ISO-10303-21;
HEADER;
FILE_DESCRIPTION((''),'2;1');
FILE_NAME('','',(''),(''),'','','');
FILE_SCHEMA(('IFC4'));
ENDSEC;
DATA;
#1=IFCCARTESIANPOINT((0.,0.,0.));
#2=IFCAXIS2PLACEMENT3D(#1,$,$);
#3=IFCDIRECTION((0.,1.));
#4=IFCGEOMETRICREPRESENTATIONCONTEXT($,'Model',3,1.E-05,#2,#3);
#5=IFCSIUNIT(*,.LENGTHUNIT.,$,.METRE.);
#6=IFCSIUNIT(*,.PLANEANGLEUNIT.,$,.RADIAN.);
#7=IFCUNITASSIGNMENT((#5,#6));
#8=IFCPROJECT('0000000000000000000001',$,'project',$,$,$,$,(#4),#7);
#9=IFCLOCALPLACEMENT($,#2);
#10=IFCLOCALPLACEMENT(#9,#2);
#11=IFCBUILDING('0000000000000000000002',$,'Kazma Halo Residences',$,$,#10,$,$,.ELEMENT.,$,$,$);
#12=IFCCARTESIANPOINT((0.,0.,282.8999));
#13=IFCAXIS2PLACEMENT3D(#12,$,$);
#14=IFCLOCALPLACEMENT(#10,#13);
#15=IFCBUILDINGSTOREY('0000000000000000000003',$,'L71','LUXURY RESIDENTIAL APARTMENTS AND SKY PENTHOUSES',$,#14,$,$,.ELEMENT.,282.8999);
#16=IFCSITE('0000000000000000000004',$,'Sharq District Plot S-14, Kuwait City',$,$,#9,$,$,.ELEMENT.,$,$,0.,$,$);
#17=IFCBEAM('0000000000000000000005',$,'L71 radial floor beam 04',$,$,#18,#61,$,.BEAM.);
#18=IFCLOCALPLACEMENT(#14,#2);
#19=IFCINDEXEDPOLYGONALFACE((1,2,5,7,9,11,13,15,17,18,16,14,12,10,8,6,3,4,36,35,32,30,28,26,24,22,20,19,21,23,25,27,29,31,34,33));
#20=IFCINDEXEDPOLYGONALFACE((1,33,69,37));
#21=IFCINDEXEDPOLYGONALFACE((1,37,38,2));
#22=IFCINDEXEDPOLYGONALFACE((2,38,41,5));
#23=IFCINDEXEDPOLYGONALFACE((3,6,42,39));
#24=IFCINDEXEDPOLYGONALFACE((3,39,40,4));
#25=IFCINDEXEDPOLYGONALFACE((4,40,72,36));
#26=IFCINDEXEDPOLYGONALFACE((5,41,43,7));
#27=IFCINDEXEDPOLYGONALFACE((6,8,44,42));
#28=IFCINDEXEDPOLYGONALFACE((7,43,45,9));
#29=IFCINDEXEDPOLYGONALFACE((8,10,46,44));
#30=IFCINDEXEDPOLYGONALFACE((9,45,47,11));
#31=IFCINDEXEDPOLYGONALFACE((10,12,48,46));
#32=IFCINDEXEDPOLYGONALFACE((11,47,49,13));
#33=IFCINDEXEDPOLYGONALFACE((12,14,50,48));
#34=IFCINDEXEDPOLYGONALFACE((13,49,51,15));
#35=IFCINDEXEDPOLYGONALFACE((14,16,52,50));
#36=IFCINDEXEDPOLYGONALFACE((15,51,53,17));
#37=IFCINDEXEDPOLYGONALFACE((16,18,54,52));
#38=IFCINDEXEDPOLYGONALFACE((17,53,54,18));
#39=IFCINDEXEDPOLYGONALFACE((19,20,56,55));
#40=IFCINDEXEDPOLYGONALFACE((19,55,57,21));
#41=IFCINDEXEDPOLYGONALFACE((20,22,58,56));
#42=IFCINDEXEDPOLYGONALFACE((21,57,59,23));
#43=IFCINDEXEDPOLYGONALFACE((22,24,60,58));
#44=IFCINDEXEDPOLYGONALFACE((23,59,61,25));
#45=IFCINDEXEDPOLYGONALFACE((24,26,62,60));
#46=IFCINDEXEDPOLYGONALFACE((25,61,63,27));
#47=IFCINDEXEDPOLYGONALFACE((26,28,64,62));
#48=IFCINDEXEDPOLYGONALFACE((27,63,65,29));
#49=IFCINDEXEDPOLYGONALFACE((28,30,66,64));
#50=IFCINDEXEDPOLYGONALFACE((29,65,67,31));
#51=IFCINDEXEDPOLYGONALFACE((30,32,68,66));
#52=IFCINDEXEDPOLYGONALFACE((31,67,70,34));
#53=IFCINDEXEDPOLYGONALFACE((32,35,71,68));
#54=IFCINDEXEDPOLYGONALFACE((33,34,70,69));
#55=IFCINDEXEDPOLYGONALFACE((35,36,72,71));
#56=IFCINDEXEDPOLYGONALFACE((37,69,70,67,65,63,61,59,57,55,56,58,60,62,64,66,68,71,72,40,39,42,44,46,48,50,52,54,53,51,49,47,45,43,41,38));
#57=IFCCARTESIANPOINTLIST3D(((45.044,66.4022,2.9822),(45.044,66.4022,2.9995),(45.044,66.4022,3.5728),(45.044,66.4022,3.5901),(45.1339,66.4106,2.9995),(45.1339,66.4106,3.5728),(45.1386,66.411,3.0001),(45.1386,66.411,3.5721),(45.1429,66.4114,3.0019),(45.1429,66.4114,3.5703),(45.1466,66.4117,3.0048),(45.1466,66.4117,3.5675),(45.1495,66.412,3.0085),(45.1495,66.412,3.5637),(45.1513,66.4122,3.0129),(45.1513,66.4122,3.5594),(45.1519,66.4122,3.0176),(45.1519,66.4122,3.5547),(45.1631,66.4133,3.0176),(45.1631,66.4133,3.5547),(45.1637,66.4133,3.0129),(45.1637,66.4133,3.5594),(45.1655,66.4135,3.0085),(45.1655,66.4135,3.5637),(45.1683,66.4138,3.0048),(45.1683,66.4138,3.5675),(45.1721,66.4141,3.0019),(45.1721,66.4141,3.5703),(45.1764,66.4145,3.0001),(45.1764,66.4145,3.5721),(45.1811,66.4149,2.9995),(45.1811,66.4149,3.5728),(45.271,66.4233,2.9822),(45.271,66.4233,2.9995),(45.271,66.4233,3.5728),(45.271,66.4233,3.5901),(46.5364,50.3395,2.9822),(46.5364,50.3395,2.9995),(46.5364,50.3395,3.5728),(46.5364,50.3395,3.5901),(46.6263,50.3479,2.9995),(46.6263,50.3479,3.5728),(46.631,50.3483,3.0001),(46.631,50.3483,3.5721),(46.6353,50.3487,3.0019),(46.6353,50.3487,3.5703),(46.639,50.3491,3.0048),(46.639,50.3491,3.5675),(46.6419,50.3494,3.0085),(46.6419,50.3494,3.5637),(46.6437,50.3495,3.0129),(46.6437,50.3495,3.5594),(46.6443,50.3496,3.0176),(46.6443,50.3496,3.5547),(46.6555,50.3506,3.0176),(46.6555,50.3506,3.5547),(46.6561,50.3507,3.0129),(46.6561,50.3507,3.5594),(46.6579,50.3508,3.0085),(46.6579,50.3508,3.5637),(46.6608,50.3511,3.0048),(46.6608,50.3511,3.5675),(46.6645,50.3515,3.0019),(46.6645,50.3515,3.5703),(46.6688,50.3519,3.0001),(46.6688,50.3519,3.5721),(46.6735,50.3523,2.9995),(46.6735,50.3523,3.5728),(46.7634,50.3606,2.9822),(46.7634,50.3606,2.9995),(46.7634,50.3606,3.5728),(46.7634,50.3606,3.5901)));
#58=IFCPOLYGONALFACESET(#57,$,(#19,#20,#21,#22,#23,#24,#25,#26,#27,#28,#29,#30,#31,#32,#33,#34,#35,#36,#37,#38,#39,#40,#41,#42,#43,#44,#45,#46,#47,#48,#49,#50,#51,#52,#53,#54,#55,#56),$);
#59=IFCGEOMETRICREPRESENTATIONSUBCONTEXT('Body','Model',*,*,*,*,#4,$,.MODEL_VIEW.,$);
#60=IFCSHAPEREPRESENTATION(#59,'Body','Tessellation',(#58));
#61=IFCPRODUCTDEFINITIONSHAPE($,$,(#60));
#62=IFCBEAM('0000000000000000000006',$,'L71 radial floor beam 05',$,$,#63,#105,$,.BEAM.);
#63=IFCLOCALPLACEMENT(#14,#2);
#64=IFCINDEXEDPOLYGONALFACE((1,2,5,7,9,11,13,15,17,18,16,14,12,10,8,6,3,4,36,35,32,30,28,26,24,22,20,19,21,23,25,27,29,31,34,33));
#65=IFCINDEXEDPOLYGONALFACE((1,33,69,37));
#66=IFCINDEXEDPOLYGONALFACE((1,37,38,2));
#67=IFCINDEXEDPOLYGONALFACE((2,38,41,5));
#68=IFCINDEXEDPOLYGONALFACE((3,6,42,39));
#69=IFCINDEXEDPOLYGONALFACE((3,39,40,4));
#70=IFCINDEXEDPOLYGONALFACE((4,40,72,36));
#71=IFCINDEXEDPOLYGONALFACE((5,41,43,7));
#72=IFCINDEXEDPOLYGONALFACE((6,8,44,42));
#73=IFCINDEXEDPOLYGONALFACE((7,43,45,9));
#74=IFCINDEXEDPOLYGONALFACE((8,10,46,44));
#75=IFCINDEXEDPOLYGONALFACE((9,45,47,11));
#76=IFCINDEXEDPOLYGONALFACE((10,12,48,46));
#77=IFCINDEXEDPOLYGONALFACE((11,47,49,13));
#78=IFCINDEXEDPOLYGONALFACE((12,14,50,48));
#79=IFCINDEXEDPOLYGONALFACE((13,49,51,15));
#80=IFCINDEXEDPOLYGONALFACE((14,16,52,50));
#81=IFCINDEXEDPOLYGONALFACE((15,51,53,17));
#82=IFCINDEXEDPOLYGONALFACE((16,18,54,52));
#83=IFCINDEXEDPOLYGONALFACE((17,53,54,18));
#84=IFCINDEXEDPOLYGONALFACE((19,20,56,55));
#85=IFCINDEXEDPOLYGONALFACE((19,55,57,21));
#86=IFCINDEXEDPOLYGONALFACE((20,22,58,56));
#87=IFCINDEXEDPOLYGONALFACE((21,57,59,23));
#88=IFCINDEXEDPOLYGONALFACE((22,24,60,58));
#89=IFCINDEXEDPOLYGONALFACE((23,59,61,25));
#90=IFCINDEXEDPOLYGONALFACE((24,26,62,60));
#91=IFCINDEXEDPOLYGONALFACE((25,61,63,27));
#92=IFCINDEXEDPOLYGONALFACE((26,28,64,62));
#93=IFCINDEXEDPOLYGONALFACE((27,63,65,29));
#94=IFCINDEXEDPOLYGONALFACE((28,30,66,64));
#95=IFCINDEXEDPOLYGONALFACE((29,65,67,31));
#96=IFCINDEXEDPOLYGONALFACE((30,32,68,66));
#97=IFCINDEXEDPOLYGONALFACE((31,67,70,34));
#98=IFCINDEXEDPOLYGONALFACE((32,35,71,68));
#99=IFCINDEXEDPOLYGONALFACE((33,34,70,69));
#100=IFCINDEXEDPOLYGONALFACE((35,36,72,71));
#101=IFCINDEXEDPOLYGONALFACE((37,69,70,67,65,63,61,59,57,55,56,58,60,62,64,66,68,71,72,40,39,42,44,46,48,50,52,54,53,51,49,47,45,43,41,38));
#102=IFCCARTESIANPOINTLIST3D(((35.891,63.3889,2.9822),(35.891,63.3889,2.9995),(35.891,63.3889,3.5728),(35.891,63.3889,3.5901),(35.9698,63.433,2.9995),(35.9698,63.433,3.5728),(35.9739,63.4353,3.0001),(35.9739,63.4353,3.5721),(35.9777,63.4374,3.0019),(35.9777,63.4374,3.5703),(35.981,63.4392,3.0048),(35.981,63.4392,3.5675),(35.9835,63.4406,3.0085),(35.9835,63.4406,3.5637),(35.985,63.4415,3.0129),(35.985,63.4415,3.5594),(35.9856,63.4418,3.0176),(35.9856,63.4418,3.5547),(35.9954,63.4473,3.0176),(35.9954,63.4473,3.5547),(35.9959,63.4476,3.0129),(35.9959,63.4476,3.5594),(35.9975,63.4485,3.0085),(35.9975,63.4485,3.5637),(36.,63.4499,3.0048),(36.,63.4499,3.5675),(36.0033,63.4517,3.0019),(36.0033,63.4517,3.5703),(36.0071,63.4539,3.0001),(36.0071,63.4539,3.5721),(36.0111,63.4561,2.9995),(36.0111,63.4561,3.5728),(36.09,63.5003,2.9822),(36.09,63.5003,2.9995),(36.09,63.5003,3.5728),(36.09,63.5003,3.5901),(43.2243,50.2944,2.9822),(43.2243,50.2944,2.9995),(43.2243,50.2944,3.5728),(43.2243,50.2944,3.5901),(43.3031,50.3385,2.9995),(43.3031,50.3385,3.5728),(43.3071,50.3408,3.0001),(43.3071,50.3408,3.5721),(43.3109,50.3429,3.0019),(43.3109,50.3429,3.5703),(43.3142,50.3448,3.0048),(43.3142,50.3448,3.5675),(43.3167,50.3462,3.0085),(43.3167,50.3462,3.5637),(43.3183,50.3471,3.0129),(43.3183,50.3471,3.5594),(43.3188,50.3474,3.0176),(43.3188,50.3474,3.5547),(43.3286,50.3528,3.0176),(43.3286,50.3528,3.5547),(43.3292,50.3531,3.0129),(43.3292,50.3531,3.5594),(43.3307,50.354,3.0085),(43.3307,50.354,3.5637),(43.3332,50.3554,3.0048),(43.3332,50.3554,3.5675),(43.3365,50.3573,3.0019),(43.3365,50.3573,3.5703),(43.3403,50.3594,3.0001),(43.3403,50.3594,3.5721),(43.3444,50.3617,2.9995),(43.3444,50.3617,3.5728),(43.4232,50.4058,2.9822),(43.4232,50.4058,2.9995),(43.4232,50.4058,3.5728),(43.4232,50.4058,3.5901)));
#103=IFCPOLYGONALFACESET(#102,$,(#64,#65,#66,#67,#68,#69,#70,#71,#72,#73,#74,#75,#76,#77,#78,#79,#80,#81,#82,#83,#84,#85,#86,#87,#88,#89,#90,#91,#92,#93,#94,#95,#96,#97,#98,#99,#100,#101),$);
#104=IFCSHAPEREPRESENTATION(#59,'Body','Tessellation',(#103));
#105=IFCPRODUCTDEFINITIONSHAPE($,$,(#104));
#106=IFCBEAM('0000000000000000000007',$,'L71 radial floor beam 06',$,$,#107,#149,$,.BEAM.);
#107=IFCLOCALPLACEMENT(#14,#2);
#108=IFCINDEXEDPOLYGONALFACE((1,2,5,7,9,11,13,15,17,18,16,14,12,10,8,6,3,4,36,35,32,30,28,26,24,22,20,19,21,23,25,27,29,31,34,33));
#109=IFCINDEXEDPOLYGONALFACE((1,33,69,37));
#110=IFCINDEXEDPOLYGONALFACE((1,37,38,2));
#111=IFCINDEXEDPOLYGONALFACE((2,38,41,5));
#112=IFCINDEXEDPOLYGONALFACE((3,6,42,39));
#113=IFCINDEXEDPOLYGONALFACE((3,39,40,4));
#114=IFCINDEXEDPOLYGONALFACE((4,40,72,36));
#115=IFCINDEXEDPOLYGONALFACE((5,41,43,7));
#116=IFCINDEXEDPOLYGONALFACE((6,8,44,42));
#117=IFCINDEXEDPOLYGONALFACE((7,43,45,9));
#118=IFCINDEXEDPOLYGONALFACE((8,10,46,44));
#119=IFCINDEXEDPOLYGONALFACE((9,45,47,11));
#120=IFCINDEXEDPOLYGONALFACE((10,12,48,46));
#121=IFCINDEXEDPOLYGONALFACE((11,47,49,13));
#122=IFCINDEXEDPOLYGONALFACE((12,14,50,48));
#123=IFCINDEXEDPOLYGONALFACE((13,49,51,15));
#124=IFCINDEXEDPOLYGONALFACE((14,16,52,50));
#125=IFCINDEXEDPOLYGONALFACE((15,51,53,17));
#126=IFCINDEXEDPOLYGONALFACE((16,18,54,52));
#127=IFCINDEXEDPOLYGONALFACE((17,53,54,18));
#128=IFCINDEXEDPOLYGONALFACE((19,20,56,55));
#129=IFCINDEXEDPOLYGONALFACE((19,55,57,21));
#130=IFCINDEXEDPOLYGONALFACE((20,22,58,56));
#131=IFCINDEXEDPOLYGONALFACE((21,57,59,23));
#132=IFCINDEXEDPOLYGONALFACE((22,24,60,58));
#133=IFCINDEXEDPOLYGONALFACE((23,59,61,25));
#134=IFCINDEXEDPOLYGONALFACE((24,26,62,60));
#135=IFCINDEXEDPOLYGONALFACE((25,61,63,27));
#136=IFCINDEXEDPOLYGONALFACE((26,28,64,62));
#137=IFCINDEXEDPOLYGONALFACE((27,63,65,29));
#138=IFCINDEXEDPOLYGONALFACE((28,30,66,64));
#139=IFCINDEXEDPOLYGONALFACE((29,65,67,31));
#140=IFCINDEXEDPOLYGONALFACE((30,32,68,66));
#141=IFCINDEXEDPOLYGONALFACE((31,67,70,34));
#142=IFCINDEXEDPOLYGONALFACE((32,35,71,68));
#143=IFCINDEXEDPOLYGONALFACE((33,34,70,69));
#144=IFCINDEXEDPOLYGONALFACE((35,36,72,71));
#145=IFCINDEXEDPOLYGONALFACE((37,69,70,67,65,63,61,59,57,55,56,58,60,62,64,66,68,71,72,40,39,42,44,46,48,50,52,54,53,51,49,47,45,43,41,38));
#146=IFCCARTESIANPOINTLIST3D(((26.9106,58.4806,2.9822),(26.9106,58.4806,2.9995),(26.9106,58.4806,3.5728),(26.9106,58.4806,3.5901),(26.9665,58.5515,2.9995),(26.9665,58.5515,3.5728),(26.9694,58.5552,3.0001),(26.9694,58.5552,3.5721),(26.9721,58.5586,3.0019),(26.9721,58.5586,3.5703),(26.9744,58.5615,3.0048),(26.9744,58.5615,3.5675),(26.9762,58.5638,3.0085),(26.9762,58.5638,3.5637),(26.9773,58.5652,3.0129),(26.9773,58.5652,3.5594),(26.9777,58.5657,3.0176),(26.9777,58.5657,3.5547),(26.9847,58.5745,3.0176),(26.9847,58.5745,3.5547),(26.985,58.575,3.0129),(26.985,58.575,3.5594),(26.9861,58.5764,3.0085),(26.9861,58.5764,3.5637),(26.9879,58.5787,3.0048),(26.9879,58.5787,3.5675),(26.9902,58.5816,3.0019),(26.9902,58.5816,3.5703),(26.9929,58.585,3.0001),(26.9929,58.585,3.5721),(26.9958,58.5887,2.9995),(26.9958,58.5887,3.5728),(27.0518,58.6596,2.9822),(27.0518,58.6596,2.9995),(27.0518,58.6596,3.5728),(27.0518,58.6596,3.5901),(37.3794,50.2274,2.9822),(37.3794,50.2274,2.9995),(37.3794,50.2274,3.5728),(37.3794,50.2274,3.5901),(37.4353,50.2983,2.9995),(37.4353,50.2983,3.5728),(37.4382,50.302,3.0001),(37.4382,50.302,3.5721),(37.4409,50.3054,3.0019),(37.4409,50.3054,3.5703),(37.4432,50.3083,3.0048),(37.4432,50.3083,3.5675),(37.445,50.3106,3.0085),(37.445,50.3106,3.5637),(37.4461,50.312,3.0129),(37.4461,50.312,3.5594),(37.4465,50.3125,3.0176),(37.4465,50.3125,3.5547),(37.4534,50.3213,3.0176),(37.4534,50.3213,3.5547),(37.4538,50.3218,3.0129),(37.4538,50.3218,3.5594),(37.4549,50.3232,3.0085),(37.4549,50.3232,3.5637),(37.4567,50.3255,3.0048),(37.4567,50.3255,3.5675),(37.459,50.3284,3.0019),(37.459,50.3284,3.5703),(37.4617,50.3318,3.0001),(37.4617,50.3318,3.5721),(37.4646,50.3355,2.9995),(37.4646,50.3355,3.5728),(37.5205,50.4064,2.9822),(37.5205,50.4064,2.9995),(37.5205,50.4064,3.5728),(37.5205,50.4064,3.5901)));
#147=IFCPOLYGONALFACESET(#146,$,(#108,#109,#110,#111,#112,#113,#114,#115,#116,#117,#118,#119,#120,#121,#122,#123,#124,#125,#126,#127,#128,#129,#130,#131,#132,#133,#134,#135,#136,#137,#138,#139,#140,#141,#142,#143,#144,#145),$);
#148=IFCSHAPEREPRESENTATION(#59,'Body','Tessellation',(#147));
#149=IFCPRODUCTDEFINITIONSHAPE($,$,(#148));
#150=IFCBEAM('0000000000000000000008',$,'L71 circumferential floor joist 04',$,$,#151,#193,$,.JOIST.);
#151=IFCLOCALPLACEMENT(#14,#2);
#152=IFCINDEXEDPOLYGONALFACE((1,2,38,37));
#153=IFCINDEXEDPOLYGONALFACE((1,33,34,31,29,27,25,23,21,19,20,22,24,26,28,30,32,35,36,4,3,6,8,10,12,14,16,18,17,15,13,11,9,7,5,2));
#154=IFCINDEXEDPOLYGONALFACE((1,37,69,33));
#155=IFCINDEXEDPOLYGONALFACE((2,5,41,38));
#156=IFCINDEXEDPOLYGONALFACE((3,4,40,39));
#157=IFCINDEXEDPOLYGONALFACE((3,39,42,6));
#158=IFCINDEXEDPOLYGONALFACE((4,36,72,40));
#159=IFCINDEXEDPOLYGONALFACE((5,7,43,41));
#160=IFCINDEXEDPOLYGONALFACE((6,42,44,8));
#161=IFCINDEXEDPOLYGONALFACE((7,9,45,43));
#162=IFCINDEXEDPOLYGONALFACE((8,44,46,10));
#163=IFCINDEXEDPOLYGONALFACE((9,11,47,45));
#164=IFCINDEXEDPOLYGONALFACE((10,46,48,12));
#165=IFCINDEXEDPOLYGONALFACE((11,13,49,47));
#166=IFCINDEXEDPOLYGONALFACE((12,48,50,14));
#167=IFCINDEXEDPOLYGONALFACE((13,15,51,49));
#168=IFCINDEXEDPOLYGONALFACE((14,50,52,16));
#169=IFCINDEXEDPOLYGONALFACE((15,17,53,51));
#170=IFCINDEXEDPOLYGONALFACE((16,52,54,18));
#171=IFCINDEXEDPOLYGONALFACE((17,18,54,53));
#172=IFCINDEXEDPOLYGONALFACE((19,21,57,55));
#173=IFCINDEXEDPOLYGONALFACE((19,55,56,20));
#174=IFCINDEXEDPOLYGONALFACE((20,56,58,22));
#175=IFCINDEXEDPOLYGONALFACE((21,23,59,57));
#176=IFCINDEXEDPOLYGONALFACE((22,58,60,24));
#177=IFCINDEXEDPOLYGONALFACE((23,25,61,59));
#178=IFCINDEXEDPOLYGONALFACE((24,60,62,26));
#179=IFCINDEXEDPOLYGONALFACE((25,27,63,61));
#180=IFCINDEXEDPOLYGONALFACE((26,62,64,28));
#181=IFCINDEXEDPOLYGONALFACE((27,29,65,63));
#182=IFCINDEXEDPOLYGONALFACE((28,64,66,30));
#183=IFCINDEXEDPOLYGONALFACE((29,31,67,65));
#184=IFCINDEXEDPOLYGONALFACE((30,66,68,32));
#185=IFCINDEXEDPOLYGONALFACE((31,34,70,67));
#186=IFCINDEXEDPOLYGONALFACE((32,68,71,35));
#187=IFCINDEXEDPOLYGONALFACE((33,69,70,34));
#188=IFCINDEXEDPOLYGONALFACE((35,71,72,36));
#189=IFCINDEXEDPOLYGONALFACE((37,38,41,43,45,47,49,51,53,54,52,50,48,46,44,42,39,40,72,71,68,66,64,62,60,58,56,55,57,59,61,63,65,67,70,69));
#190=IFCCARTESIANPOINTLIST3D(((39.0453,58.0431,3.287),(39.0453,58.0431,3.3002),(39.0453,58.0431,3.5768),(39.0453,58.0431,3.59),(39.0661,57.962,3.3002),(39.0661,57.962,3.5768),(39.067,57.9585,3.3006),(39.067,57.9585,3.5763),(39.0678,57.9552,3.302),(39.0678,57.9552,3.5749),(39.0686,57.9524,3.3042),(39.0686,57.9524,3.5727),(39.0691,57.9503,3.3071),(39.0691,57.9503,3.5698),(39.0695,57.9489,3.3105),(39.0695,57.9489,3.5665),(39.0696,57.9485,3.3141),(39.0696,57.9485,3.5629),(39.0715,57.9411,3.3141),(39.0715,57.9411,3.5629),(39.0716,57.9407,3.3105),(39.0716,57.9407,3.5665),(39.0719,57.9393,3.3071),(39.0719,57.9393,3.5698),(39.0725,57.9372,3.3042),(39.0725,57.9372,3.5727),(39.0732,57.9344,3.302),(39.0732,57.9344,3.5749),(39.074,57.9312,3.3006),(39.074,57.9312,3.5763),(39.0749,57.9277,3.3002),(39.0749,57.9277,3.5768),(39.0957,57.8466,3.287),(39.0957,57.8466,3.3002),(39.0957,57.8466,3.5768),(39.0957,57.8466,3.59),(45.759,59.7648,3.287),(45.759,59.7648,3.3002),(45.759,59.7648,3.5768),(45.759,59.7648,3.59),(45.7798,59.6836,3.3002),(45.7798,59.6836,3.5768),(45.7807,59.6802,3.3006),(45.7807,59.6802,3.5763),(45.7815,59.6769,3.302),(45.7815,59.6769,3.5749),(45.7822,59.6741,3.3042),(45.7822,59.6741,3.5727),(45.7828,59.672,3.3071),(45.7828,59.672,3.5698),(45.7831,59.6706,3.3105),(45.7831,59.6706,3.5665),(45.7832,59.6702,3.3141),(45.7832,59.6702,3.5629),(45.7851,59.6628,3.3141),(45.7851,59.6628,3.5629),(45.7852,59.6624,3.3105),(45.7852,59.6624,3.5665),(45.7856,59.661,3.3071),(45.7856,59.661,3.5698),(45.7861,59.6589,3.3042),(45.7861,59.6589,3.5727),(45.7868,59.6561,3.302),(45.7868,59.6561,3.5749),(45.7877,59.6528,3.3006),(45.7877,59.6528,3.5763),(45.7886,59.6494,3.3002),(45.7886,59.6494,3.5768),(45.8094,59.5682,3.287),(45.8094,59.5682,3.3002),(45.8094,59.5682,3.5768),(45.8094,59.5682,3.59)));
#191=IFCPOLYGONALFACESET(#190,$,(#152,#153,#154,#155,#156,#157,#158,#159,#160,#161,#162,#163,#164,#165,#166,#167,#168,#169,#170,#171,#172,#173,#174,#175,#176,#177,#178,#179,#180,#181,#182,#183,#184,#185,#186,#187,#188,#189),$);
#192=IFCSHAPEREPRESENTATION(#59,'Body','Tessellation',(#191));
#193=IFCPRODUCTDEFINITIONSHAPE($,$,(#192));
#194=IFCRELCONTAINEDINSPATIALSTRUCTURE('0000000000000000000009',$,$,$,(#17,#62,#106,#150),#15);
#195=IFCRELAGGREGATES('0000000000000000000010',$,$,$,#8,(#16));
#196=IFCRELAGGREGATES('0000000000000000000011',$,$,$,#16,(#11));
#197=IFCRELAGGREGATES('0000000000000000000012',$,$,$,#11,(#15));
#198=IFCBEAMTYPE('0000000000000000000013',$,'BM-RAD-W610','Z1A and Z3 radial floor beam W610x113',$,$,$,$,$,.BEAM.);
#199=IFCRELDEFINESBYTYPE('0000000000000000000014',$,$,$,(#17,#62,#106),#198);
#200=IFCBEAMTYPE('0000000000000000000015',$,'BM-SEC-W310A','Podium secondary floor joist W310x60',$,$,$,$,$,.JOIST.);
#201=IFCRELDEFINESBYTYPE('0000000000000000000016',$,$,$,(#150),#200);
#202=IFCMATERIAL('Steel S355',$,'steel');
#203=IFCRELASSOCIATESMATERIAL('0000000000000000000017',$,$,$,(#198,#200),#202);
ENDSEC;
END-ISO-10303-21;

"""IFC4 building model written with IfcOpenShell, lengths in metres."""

from ifc_helpers import new_model, si_unit, direction, frame, origin, origin_2d, place, context, subcontext, project, spatial, i_section, extrude, material, material_profile, profile_set, type_object, element, save


model = new_model("IFC4")

# Units and contexts
model_context = context("Model", 3, precision=1e-05, world=origin(), true_north=direction((0.0, 1.0)))
body_context = subcontext(model_context, "Body", "Model", "MODEL_VIEW")
ifc_project = project(units=[si_unit("LENGTHUNIT", "METRE"), si_unit("PLANEANGLEUNIT", "RADIAN")], contexts=[model_context])

# Site, building, storey
site_placement = place(None, origin())
site = spatial("IfcSite", under=ifc_project, at=site_placement, Name="Sharq District Plot S-14, Kuwait City", CompositionType="ELEMENT", RefElevation=0.0)
building_placement = place(site_placement, origin())
building = spatial("IfcBuilding", under=site, at=building_placement, Name="Kazma Halo Residences", CompositionType="ELEMENT")
storey_placement = place(building_placement, frame((0.0, 0.0, 282.8999)))
storey = spatial("IfcBuildingStorey", under=building, at=storey_placement, Name="L71", Description="LUXURY RESIDENTIAL APARTMENTS AND SKY PENTHOUSES", CompositionType="ELEMENT", Elevation=282.8999)

# Beams
ifc_material_1 = material(Name="Steel S355", Category="steel")
ifc_material_profile_1 = material_profile(ifc_material_1, i_section(OverallWidth=0.228, OverallDepth=0.6079, WebThickness=0.0112, FlangeThickness=0.0173, FilletRadius=0.0181, at=origin_2d()), Name="W610x113")
ifc_profile_set_1 = profile_set([ifc_material_profile_1], Name="Steel S355")
beam_type_1 = type_object("IfcBeamType", Name="BM-RAD-W610", Description="Z1A and Z3 radial floor beam W610x113", PredefinedType="BEAM", material=ifc_profile_set_1)
beam_1_placement = place(storey_placement, frame((46.6499, 50.3501, 3.2861), z_axis=(-0.092514, 0.995711, 0.0), x_axis=(-0.995711, -0.092514, 0.0)))
element("IfcBeam", 1, at=beam_1_placement, inside=storey, type_object=beam_type_1, Name="L71 radial floor beam 04", PredefinedType="BEAM", context=body_context, shape_type="SweptSolid", body=[
    extrude(i_section(OverallWidth=0.228, OverallDepth=0.6079, WebThickness=0.0112, FlangeThickness=0.0173, FilletRadius=0.0181, at=origin_2d()), origin(), (0.0, 0.0, 1.0), 16.1318),
])
beam_2_placement = place(storey_placement, frame((43.3237, 50.3501, 3.2861), z_axis=(-0.488621, 0.872496, 0.0), x_axis=(-0.872496, -0.488621, 0.0)))
element("IfcBeam", 2, at=beam_2_placement, inside=storey, type_object=beam_type_1, Name="L71 radial floor beam 05", PredefinedType="BEAM", context=body_context, shape_type="SweptSolid", body=[
    extrude(i_section(OverallWidth=0.228, OverallDepth=0.6079, WebThickness=0.0112, FlangeThickness=0.0173, FilletRadius=0.0181, at=origin_2d()), origin(), (0.0, 0.0, 1.0), 15.0081),
])
beam_3_placement = place(storey_placement, frame((37.45, 50.3169, 3.2861), z_axis=(-0.785307, 0.619107, 0.0), x_axis=(-0.619107, -0.785307, 0.0)))
element("IfcBeam", 3, at=beam_3_placement, inside=storey, type_object=beam_type_1, Name="L71 radial floor beam 06", PredefinedType="BEAM", context=body_context, shape_type="SweptSolid", body=[
    extrude(i_section(OverallWidth=0.228, OverallDepth=0.6079, WebThickness=0.0112, FlangeThickness=0.0173, FilletRadius=0.0181, at=origin_2d()), origin(), (0.0, 0.0, 1.0), 13.3308),
])
ifc_material_profile_2 = material_profile(ifc_material_1, i_section(OverallWidth=0.2029, OverallDepth=0.303, WebThickness=0.0076, FlangeThickness=0.0132, FilletRadius=0.0139, at=origin_2d()), Name="W310x60")
ifc_profile_set_2 = profile_set([ifc_material_profile_2], Name="Steel S355")
beam_type_2 = type_object("IfcBeamType", Name="BM-SEC-W310A", Description="Podium secondary floor joist W310x60", PredefinedType="JOIST", material=ifc_profile_set_2)
beam_4_placement = place(storey_placement, frame((45.7842, 59.6665, 3.4385), z_axis=(-0.968656, -0.248408, 0.0), x_axis=(0.248408, -0.968656, 0.0)))
element("IfcBeam", 4, at=beam_4_placement, inside=storey, type_object=beam_type_2, Name="L71 circumferential floor joist 04", PredefinedType="JOIST", context=body_context, shape_type="SweptSolid", body=[
    extrude(i_section(OverallWidth=0.2029, OverallDepth=0.303, WebThickness=0.0076, FlangeThickness=0.0132, FilletRadius=0.0139, at=origin_2d()), origin(), (0.0, 0.0, 1.0), 6.9309),
])

save(model, "model.ifc")
